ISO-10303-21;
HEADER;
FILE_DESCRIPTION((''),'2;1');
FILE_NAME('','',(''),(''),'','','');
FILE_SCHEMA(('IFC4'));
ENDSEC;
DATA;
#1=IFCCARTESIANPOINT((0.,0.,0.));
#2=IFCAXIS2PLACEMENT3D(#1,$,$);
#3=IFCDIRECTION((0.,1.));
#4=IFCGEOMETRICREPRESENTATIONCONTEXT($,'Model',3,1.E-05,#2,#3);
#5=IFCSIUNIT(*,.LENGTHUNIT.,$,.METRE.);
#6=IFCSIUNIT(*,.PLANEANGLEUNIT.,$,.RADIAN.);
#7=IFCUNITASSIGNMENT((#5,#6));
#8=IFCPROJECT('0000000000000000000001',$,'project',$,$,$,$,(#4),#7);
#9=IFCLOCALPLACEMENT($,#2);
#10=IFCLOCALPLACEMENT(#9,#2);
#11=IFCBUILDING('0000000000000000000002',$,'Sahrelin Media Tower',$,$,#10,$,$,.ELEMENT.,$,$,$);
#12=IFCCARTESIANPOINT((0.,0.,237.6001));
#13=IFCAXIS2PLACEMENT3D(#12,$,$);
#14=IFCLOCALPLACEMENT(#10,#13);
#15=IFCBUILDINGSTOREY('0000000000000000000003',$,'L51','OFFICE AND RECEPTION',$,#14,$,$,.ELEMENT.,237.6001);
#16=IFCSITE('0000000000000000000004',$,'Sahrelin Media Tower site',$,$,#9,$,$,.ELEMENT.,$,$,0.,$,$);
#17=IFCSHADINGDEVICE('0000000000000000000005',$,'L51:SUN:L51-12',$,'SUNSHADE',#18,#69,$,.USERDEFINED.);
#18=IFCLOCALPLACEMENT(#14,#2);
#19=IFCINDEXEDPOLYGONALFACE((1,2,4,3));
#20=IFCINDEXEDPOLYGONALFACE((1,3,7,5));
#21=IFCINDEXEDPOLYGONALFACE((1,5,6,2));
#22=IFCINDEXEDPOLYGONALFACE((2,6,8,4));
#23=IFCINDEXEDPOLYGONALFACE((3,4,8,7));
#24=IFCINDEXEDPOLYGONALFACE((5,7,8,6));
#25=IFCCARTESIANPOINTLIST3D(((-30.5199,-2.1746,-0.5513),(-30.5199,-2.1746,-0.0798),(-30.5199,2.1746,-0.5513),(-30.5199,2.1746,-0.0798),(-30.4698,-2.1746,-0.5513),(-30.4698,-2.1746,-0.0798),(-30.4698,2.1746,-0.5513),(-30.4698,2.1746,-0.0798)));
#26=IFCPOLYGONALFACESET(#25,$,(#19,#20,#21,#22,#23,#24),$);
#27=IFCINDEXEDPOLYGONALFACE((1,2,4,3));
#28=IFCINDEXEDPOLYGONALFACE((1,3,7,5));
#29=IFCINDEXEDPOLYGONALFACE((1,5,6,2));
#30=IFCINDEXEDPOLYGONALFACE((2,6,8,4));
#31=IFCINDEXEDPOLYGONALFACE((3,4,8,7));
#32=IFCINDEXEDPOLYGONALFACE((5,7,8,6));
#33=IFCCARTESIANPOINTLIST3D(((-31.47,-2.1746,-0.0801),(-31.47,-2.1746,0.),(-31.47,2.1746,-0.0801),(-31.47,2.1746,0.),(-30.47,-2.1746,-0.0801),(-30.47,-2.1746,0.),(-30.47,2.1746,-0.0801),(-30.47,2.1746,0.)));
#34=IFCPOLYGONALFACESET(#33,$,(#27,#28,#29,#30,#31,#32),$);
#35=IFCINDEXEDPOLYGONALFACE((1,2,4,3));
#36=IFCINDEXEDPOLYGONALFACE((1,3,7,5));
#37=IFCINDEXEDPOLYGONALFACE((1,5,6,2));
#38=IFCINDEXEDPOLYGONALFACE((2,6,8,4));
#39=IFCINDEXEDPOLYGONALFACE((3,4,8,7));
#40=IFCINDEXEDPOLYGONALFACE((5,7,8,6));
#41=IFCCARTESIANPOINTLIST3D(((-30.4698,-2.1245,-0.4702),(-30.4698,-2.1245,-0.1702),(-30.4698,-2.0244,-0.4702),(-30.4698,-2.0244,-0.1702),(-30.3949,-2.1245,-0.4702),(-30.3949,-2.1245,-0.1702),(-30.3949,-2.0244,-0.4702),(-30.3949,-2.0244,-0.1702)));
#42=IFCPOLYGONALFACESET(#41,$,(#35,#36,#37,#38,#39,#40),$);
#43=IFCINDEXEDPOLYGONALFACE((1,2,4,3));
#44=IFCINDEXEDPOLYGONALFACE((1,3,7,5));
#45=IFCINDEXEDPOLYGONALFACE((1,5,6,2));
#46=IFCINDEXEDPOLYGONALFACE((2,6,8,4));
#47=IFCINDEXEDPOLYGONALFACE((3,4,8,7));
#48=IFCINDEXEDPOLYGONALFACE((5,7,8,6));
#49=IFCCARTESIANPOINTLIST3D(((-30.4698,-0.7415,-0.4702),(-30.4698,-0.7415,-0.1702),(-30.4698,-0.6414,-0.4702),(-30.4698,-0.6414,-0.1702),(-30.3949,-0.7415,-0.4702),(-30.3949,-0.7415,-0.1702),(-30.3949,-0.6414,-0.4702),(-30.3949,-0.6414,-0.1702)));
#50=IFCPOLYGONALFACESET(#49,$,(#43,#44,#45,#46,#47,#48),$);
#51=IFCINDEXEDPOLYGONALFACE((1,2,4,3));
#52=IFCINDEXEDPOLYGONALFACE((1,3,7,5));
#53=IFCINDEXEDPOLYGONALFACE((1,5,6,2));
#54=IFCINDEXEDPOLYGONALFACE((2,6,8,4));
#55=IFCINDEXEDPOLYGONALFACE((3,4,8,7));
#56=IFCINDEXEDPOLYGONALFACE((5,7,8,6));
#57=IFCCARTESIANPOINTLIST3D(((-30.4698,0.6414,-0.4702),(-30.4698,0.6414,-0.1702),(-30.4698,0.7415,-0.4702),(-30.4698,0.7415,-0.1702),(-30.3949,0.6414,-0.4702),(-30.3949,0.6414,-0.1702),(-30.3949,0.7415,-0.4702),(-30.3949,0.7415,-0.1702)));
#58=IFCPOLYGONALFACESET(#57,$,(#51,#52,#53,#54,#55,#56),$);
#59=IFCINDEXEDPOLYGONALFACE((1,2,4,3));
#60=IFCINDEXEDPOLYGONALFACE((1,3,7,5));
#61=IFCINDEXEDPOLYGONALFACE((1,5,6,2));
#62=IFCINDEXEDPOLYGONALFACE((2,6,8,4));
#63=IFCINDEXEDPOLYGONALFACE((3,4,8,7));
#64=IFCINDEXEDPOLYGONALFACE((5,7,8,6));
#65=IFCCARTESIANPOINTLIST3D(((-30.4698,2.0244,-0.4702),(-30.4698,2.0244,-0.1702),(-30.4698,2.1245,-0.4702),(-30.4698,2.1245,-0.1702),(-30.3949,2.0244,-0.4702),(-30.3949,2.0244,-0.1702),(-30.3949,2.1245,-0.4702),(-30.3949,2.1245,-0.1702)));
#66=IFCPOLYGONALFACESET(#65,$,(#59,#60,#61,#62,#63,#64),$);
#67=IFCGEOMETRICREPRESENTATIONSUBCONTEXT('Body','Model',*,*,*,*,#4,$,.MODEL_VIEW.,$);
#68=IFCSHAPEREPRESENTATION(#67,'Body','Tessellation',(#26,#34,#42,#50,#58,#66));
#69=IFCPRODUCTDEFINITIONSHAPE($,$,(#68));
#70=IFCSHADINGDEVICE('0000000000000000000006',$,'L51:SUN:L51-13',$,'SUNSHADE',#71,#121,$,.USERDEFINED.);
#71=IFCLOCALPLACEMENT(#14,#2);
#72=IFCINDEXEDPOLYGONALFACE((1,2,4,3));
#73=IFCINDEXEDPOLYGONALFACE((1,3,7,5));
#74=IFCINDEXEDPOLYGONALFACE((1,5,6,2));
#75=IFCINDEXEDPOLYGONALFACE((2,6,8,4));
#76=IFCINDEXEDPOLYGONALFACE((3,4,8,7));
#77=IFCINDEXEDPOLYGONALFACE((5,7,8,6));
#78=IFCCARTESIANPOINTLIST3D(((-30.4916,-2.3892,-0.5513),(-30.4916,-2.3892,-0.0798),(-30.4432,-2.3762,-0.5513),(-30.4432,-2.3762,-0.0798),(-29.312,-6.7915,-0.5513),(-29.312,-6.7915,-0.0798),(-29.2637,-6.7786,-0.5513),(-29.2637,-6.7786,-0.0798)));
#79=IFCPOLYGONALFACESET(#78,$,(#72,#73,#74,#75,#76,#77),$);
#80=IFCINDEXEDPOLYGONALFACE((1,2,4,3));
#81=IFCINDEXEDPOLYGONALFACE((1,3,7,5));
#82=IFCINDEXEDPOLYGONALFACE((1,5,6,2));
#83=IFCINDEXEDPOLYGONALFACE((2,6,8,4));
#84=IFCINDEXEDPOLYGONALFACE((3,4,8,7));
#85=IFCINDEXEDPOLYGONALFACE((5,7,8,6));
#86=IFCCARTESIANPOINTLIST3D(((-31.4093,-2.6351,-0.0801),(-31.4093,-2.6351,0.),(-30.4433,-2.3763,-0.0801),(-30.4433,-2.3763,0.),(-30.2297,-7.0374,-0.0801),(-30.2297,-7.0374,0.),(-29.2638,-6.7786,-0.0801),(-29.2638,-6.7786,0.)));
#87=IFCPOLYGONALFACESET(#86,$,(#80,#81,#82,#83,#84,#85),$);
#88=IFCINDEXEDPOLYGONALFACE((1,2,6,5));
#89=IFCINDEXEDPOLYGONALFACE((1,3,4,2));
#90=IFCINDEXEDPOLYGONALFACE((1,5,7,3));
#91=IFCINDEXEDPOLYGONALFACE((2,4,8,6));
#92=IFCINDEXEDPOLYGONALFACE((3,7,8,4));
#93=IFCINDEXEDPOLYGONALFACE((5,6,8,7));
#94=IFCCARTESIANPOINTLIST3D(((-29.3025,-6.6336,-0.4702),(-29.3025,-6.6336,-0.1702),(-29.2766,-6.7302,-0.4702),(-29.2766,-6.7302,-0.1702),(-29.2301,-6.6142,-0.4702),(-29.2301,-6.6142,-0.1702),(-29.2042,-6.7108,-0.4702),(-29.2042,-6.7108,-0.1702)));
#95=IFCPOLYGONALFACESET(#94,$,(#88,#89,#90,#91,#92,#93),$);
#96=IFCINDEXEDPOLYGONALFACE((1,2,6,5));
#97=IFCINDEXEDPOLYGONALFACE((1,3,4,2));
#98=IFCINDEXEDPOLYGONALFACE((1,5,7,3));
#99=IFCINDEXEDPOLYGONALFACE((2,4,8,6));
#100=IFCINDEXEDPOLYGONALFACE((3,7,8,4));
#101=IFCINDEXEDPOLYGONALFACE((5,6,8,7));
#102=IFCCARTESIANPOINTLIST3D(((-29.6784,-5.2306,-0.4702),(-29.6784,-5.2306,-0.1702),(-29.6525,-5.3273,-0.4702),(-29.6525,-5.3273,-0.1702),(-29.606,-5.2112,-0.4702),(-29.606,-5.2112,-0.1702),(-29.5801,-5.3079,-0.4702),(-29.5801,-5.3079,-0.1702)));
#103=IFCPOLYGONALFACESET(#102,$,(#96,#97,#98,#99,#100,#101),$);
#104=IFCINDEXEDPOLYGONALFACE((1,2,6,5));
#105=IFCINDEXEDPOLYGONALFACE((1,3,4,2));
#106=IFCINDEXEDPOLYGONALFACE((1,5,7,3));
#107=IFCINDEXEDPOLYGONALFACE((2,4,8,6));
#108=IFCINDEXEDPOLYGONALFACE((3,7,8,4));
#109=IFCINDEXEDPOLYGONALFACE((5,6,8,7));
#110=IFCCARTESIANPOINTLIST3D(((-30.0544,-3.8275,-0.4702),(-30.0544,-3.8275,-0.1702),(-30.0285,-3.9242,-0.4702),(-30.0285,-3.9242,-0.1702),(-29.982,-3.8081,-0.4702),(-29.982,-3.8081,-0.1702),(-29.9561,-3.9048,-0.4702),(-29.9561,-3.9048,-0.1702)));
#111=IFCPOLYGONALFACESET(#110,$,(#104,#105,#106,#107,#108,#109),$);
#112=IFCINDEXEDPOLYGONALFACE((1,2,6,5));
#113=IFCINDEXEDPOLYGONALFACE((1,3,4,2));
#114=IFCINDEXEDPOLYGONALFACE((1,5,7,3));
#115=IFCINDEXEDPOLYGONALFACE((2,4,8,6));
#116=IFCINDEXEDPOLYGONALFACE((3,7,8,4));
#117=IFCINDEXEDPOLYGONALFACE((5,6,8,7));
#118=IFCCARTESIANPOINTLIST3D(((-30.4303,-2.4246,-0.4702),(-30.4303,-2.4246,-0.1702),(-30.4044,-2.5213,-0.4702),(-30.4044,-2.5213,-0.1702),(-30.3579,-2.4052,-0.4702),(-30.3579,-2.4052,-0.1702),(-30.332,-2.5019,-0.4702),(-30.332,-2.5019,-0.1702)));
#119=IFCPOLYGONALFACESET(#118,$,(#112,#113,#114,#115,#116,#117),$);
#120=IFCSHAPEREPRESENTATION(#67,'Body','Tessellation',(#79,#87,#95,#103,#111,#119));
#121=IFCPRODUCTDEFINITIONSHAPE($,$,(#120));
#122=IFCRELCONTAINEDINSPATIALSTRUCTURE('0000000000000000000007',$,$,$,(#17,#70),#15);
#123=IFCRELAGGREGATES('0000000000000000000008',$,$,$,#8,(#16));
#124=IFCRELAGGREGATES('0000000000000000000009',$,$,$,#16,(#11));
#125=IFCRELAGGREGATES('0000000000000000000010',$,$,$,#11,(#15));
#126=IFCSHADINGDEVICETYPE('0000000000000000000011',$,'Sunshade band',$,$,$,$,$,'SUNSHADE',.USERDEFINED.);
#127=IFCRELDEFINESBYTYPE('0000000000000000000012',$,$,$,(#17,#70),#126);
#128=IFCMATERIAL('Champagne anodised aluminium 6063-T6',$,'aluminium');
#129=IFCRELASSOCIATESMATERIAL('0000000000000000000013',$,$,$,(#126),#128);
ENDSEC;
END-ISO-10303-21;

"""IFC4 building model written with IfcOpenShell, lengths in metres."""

from ifc_helpers import new_model, si_unit, direction, frame, origin, origin_2d, place, context, subcontext, project, spatial, rectangle, extrude, material, type_object, element, save


model = new_model("IFC4")

# Units and contexts
model_context = context("Model", 3, precision=1e-05, world=origin(), true_north=direction((0.0, 1.0)))
body_context = subcontext(model_context, "Body", "Model", "MODEL_VIEW")
ifc_project = project(units=[si_unit("LENGTHUNIT", "METRE"), si_unit("PLANEANGLEUNIT", "RADIAN")], contexts=[model_context])

# Site, building, storey
site_placement = place(None, origin())
site = spatial("IfcSite", under=ifc_project, at=site_placement, Name="Sahrelin Media Tower site", CompositionType="ELEMENT", RefElevation=0.0)
building_placement = place(site_placement, origin())
building = spatial("IfcBuilding", under=site, at=building_placement, Name="Sahrelin Media Tower", CompositionType="ELEMENT")
storey_placement = place(building_placement, frame((0.0, 0.0, 237.6001)))
storey = spatial("IfcBuildingStorey", under=building, at=storey_placement, Name="L51", Description="OFFICE AND RECEPTION", CompositionType="ELEMENT", Elevation=237.6001)

# Shared definitions
ifc_material_1 = material(Name="Champagne anodised aluminium 6063-T6", Category="aluminium")

# Shading devices
placement_1 = place(storey_placement, frame((-30.45, 0.0, 0.0), z_axis=(0.0, 0.0, 1.0), x_axis=(0.0, 1.0, 0.0)))
placement_2 = place(storey_placement, frame((-29.8342, -4.5723, 0.0), z_axis=(0.0, 0.0, 1.0), x_axis=(-0.258808, 0.965929, 0.0)))
shading_device_type_1 = type_object("IfcShadingDeviceType", Name="Sunshade band", ElementType="SUNSHADE", PredefinedType="USERDEFINED", material=ifc_material_1)
element("IfcShadingDevice", 1, at=placement_1, inside=storey, type_object=shading_device_type_1, Name="L51:SUN:L51-12", ObjectType="SUNSHADE", PredefinedType="USERDEFINED", context=body_context, shape_type="SweptSolid", body=[
    extrude(rectangle(XDim=4.3491, YDim=0.05, at=origin_2d()), frame((0.0, 0.0449, -0.5513)), (0.0, 0.0, 1.0), 0.4714),
    extrude(rectangle(XDim=4.3491, YDim=1.0, at=origin_2d()), frame((0.0, 0.52, -0.0801)), (0.0, 0.0, 1.0), 0.0801),
    extrude(rectangle(XDim=0.1001, YDim=0.075, at=origin_2d()), frame((-2.0745, -0.0176, -0.4702)), (0.0, 0.0, 1.0), 0.3),
    extrude(rectangle(XDim=0.1001, YDim=0.075, at=origin_2d()), frame((-0.6914, -0.0176, -0.4702)), (0.0, 0.0, 1.0), 0.3),
    extrude(rectangle(XDim=0.1001, YDim=0.075, at=origin_2d()), frame((0.6914, -0.0176, -0.4702)), (0.0, 0.0, 1.0), 0.3),
    extrude(rectangle(XDim=0.1001, YDim=0.075, at=origin_2d()), frame((2.0745, -0.0176, -0.4702)), (0.0, 0.0, 1.0), 0.3),
])
element("IfcShadingDevice", 2, at=placement_2, inside=storey, type_object=shading_device_type_1, Name="L51:SUN:L51-13", ObjectType="SUNSHADE", PredefinedType="USERDEFINED", context=body_context, shape_type="SweptSolid", body=[
    extrude(rectangle(XDim=4.5576, YDim=0.05, at=origin_2d()), frame((0.0, 0.0449, -0.5513)), (0.0, 0.0, 1.0), 0.4714),
    extrude(rectangle(XDim=4.5576, YDim=1.0, at=origin_2d()), frame((0.0, 0.52, -0.0801)), (0.0, 0.0, 1.0), 0.0801),
    extrude(rectangle(XDim=0.1001, YDim=0.075, at=origin_2d()), frame((-2.1787, -0.0176, -0.4702)), (0.0, 0.0, 1.0), 0.3),
    extrude(rectangle(XDim=0.1001, YDim=0.075, at=origin_2d()), frame((-0.7263, -0.0176, -0.4702)), (0.0, 0.0, 1.0), 0.3),
    extrude(rectangle(XDim=0.1001, YDim=0.075, at=origin_2d()), frame((0.7263, -0.0176, -0.4702)), (0.0, 0.0, 1.0), 0.3),
    extrude(rectangle(XDim=0.1001, YDim=0.075, at=origin_2d()), frame((2.1787, -0.0176, -0.4702)), (0.0, 0.0, 1.0), 0.3),
])

save(model, "model.ifc")
